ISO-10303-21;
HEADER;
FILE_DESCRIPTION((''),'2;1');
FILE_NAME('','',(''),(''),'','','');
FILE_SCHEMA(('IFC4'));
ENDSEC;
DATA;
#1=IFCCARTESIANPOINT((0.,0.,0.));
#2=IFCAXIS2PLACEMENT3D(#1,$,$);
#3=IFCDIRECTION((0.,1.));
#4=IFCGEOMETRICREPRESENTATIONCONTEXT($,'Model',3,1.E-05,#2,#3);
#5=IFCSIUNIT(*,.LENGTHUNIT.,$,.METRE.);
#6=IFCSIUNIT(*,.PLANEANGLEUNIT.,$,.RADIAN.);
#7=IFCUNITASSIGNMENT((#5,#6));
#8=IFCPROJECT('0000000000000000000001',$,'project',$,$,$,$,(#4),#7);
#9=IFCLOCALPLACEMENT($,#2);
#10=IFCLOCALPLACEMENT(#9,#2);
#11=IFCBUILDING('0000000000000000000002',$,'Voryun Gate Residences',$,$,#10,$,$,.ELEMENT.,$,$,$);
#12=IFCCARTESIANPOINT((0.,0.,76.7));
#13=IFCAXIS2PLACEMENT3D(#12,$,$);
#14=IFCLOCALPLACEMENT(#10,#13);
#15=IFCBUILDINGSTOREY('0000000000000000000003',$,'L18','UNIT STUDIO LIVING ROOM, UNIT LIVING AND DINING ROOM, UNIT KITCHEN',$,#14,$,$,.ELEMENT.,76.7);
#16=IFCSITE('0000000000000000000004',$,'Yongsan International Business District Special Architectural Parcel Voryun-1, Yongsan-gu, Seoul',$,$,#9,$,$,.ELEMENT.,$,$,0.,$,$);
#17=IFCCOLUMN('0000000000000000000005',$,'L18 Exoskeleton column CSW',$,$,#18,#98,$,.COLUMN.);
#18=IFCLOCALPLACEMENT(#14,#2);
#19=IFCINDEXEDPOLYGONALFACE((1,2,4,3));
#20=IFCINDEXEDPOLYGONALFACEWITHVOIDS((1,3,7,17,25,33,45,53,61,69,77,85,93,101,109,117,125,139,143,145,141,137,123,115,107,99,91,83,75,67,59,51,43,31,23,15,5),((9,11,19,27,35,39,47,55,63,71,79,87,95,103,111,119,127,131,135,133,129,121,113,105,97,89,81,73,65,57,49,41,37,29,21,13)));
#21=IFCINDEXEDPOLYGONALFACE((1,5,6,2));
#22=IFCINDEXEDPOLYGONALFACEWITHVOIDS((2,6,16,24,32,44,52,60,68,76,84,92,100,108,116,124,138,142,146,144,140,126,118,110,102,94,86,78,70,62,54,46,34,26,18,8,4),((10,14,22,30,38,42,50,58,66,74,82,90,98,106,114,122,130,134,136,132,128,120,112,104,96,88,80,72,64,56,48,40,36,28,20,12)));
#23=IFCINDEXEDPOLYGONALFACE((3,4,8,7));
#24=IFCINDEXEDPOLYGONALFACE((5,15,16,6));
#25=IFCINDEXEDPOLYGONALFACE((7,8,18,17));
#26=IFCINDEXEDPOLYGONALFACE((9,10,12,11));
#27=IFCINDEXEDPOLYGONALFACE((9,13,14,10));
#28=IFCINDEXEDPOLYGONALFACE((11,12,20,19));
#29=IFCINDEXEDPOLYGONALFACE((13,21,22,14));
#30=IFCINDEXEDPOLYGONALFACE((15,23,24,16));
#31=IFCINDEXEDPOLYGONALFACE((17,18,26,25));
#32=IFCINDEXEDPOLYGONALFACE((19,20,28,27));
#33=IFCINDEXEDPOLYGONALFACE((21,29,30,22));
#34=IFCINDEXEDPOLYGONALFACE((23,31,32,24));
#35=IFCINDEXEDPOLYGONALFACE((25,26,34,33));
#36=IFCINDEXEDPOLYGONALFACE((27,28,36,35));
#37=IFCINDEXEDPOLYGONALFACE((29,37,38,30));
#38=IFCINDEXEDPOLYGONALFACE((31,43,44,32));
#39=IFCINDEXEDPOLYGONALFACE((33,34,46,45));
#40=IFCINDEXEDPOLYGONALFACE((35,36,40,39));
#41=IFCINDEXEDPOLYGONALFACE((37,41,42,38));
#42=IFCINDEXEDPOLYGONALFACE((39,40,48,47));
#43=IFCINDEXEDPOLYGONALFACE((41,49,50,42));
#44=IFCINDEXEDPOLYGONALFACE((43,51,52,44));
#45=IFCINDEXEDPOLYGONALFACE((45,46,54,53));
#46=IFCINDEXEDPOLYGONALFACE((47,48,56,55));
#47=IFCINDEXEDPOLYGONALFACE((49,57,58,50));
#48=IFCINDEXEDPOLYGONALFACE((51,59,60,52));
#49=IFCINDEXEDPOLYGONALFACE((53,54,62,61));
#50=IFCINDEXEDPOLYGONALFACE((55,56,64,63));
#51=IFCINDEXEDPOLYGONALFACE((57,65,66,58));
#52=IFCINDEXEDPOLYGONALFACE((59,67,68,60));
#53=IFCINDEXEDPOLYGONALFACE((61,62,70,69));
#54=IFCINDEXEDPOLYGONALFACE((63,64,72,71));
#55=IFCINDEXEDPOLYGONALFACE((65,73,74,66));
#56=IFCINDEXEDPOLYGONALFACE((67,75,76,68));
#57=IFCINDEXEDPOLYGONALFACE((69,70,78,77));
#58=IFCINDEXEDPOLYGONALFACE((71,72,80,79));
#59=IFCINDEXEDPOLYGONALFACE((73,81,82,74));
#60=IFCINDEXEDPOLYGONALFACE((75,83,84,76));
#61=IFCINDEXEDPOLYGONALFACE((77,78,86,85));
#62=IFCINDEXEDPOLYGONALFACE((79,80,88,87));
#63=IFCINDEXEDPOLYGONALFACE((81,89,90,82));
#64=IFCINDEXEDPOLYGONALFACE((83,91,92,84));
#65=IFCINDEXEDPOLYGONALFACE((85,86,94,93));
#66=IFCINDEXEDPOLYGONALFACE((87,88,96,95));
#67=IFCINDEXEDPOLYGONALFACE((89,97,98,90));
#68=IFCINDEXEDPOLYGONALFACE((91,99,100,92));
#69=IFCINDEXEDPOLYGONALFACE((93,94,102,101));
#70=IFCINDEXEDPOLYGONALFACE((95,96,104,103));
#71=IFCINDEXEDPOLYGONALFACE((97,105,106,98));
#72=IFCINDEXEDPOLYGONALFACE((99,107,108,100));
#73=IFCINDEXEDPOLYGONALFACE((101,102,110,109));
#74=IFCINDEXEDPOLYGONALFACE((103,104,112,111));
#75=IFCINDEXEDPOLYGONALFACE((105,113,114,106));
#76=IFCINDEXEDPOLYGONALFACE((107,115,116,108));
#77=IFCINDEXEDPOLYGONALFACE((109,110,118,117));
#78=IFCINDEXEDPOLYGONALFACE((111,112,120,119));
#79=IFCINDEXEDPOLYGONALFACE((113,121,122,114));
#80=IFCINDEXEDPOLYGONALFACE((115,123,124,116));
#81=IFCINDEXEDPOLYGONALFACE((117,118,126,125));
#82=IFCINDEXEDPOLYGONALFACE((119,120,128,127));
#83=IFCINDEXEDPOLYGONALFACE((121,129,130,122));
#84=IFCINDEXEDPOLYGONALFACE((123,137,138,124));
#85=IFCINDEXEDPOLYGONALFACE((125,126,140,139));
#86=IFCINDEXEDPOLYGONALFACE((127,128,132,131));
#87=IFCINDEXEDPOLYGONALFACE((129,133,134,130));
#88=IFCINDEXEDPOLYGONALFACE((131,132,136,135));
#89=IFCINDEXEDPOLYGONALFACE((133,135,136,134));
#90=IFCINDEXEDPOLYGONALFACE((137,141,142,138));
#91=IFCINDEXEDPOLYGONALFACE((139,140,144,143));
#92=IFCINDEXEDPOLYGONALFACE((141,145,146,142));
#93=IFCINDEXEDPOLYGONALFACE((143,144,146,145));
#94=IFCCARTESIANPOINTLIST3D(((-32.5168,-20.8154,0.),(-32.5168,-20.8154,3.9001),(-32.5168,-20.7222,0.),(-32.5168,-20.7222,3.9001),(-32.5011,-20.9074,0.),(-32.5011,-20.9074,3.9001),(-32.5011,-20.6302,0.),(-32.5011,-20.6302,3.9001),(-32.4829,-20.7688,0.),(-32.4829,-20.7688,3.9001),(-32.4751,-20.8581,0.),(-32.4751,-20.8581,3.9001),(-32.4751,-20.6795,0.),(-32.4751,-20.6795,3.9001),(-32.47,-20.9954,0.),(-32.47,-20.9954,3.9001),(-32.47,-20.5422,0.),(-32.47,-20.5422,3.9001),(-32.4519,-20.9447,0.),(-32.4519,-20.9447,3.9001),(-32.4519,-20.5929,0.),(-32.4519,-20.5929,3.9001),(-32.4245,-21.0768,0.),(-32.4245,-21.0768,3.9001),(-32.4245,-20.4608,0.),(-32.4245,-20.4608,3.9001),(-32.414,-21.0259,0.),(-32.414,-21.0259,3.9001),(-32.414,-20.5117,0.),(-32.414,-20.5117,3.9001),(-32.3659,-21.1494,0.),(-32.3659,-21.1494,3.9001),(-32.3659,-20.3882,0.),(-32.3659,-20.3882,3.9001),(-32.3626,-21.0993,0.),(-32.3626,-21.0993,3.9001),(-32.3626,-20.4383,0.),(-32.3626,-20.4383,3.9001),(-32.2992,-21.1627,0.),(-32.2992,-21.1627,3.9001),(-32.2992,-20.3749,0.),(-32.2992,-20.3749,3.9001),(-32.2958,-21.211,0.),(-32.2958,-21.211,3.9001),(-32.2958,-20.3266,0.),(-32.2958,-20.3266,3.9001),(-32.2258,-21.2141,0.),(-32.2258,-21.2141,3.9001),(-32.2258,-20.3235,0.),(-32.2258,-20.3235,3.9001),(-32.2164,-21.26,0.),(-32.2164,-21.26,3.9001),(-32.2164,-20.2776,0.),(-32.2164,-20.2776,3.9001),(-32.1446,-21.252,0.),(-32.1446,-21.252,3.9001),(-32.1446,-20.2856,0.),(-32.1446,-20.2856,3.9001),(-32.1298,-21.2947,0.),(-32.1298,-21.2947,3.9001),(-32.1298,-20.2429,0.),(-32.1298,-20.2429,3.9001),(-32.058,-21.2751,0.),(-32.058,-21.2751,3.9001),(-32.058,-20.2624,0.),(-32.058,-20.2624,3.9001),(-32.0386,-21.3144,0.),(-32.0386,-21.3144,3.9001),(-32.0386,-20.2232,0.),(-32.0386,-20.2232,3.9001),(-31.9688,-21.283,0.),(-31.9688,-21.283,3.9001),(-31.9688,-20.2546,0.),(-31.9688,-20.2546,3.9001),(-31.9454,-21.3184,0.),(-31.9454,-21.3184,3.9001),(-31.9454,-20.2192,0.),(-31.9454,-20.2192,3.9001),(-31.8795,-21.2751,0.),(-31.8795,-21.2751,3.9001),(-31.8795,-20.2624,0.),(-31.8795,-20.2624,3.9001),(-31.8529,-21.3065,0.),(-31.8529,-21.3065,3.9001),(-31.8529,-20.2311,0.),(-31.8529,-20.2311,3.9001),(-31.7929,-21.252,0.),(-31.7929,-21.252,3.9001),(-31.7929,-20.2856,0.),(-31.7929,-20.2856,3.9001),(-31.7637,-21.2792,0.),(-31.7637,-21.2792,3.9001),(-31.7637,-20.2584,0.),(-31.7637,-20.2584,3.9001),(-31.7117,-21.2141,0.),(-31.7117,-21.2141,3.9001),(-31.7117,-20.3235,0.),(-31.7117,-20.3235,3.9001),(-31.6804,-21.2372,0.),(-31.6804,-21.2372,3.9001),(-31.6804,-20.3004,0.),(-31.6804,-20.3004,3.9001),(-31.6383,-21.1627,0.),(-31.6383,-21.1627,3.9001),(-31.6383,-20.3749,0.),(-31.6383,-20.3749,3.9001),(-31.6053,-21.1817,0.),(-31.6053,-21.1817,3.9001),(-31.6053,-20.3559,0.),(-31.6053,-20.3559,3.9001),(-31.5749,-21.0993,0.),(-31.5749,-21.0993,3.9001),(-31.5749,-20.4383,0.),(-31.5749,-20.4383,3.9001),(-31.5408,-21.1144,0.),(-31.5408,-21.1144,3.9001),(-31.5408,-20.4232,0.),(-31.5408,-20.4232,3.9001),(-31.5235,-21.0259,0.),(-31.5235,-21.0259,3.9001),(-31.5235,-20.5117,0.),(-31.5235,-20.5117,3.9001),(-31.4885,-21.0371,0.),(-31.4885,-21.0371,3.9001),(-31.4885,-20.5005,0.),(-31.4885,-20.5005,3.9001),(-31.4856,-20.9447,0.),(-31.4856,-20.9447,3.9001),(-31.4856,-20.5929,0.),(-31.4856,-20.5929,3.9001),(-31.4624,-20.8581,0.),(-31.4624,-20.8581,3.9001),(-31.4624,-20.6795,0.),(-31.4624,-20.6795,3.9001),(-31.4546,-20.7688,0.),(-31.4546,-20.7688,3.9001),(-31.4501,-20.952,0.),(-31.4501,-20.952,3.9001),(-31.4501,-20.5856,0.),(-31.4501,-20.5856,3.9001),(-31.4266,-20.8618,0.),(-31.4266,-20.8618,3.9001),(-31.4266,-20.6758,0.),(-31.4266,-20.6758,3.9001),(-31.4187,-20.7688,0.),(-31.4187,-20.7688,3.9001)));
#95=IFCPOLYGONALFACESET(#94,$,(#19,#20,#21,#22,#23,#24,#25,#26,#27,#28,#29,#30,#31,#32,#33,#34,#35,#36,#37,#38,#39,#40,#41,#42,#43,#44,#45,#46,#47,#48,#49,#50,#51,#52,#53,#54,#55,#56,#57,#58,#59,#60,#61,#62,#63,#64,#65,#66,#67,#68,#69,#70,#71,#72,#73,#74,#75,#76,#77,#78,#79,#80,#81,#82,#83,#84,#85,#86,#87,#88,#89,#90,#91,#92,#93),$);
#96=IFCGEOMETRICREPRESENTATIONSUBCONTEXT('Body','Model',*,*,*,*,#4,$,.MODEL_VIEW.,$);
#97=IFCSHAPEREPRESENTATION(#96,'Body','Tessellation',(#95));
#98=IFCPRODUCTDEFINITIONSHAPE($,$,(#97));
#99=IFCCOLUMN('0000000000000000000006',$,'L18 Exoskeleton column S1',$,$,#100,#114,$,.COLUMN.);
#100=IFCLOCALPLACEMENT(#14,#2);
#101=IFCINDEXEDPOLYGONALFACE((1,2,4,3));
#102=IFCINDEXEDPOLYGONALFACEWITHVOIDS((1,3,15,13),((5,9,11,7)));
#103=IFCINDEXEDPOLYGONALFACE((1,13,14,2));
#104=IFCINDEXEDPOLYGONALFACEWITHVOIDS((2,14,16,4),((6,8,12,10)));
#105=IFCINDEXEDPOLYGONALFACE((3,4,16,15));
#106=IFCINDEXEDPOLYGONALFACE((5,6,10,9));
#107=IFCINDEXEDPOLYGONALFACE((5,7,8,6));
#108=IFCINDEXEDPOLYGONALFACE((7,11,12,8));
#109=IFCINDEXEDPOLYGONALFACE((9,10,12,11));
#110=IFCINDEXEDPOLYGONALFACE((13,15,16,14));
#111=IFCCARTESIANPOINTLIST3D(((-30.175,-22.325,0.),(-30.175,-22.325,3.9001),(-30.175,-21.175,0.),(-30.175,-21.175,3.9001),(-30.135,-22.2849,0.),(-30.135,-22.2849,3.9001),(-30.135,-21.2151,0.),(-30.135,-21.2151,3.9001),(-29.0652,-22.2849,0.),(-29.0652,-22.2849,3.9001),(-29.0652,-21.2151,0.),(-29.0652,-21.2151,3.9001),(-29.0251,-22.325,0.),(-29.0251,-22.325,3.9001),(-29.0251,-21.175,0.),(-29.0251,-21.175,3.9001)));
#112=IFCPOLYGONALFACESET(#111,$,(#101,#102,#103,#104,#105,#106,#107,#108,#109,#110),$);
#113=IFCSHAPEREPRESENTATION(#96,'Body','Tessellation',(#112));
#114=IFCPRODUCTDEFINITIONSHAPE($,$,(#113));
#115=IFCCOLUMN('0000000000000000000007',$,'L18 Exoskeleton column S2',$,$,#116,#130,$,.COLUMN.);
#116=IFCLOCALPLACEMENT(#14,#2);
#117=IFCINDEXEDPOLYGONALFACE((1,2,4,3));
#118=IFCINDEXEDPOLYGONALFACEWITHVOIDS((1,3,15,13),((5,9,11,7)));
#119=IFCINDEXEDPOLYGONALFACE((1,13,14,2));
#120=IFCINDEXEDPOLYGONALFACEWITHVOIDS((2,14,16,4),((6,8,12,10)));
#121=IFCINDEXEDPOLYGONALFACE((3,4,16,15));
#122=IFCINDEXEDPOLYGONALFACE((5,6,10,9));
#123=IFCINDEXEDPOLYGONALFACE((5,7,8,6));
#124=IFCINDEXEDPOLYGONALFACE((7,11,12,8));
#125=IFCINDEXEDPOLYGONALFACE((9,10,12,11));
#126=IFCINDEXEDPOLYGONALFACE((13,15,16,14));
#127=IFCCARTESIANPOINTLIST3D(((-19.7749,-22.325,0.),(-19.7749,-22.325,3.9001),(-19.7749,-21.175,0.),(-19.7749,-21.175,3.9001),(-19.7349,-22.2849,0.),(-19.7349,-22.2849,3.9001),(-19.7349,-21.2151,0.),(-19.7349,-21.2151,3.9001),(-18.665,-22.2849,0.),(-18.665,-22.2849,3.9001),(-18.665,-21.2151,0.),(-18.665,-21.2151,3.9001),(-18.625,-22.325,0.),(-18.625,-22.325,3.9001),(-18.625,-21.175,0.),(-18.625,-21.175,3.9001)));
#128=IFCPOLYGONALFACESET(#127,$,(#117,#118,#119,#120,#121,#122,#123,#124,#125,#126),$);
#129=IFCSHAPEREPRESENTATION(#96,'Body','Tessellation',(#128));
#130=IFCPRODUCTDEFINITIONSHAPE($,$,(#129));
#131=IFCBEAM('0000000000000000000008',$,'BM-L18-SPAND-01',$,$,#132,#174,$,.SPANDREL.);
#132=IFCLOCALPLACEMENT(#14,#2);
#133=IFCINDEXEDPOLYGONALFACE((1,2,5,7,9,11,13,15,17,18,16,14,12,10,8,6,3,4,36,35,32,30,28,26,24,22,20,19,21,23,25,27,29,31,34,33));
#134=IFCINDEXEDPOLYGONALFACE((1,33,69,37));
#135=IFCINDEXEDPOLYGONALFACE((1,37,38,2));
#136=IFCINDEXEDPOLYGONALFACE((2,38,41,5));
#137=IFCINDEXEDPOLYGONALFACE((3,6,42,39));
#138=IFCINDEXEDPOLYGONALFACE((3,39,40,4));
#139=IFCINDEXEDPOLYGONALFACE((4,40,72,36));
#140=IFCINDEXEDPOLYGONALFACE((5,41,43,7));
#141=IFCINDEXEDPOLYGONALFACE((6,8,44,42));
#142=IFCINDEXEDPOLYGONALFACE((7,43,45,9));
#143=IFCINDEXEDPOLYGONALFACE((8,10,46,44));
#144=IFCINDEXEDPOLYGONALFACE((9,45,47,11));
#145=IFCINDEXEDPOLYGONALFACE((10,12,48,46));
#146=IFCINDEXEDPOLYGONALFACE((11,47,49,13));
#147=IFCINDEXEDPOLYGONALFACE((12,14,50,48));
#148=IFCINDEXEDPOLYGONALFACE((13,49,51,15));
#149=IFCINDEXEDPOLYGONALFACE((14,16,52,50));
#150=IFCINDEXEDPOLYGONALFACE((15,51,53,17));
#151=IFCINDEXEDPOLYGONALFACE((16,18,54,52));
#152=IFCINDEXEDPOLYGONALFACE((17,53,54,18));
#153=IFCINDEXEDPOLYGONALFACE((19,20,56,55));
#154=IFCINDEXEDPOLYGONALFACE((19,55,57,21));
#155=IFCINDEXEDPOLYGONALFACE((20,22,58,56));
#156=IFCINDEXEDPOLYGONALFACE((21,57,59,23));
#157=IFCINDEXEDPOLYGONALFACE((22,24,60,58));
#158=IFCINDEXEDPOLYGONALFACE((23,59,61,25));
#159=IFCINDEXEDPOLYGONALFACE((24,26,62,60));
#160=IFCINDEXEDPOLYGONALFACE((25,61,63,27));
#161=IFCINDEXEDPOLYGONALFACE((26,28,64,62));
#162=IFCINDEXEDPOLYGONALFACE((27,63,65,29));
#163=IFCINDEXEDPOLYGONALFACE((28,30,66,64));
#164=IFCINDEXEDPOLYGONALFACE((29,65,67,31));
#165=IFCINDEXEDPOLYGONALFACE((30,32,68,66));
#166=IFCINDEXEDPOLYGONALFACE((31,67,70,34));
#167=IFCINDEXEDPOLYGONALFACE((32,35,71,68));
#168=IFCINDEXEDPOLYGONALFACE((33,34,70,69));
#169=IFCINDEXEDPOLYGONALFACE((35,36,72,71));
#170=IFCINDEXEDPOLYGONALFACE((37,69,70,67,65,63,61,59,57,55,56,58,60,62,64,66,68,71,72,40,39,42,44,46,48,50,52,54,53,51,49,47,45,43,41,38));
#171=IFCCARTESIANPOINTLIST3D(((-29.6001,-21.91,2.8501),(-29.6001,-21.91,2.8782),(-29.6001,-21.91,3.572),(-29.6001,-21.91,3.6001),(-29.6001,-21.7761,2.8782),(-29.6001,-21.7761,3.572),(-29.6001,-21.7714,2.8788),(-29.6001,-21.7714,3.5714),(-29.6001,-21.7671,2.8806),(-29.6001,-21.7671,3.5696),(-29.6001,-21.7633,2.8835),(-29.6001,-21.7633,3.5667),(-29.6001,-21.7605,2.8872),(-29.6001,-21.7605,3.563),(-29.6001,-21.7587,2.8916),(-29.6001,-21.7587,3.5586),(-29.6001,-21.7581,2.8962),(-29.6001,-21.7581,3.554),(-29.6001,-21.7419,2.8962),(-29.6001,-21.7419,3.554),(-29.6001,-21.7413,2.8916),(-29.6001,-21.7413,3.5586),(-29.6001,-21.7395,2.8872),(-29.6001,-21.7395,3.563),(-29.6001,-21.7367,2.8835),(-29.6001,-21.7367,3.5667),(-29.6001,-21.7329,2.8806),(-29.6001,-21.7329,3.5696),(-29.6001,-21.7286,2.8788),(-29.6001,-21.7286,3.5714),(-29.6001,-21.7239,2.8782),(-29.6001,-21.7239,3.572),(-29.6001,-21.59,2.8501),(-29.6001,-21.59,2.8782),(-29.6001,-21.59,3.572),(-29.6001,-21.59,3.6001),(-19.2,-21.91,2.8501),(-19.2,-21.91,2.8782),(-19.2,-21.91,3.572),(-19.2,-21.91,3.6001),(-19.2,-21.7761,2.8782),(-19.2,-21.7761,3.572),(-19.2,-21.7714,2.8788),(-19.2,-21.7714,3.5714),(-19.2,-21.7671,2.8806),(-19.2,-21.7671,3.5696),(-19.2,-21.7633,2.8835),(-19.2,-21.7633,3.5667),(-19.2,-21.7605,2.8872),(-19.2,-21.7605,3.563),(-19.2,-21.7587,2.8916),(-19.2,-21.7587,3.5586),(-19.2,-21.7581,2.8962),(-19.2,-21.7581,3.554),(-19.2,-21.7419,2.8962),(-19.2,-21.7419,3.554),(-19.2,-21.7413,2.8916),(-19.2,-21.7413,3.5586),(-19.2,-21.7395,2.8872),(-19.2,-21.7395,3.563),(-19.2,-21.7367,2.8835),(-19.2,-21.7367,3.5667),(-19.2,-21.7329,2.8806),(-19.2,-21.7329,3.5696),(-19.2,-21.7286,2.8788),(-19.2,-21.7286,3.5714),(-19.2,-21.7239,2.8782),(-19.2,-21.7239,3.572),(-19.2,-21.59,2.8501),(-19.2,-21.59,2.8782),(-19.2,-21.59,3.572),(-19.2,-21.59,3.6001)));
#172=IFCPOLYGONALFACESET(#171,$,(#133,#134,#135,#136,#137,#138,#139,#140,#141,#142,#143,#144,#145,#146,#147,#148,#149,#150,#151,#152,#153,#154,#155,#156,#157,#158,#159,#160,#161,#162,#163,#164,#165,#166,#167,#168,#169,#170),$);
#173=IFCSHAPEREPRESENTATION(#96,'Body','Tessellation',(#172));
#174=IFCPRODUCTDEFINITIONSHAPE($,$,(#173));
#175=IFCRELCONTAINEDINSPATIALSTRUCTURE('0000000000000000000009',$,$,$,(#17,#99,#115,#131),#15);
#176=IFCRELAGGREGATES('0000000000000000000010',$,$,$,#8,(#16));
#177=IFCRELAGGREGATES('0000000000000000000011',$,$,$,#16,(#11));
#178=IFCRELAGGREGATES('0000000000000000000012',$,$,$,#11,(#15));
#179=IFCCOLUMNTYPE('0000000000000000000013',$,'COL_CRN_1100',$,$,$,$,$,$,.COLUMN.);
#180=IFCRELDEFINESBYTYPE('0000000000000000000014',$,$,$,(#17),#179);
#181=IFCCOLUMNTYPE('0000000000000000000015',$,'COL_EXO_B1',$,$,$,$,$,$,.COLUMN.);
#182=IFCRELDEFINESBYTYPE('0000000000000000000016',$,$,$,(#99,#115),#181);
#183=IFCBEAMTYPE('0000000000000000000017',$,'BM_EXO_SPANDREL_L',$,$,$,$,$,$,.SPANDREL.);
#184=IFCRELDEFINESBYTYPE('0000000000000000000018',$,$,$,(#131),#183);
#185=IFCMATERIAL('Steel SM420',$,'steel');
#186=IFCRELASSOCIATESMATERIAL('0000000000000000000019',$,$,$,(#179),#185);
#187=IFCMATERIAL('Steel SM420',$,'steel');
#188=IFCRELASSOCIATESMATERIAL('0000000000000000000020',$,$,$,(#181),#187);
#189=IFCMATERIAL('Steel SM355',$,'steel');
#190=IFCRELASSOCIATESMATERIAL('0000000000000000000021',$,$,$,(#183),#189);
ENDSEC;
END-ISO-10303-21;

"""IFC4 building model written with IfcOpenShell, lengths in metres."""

from ifc_helpers import new_model, si_unit, direction, frame, origin, origin_2d, place, context, subcontext, project, spatial, hollow_rectangle, hollow_circle, i_section, extrude, material, material_profile, profile_set, type_object, element, save


model = new_model("IFC4")

# Units and contexts
model_context = context("Model", 3, precision=1e-05, world=origin(), true_north=direction((0.0, 1.0)))
body_context = subcontext(model_context, "Body", "Model", "MODEL_VIEW")
ifc_project = project(units=[si_unit("LENGTHUNIT", "METRE"), si_unit("PLANEANGLEUNIT", "RADIAN")], contexts=[model_context])

# Site, building, storey
site_placement = place(None, origin())
site = spatial("IfcSite", under=ifc_project, at=site_placement, Name="Yongsan International Business District Special Architectural Parcel Voryun-1, Yongsan-gu, Seoul", CompositionType="ELEMENT", RefElevation=0.0)
building_placement = place(site_placement, origin())
building = spatial("IfcBuilding", under=site, at=building_placement, Name="Voryun Gate Residences", CompositionType="ELEMENT")
storey_placement = place(building_placement, frame((0.0, 0.0, 76.7)))
storey = spatial("IfcBuildingStorey", under=building, at=storey_placement, Name="L18", Description="UNIT STUDIO LIVING ROOM, UNIT LIVING AND DINING ROOM, UNIT KITCHEN", CompositionType="ELEMENT", Elevation=76.7)

# Columns
ifc_material_1 = material(Name="Steel SM420", Category="steel")
ifc_material_profile_1 = material_profile(ifc_material_1, hollow_circle(Radius=0.55, WallThickness=0.0359, at=origin_2d()), Name="CHS-1100x36")
ifc_profile_set_1 = profile_set([ifc_material_profile_1], Name="Steel SM420")
column_type_1 = type_object("IfcColumnType", Name="COL_CRN_1100", PredefinedType="COLUMN", material=ifc_profile_set_1)
column_placement = place(storey_placement, frame((-31.9688, -20.7688, 0.0), z_axis=(0.0, 0.0, 1.0), x_axis=(1.0, 0.0, 0.0)))
element("IfcColumn", 1, at=column_placement, inside=storey, type_object=column_type_1, Name="L18 Exoskeleton column CSW", PredefinedType="COLUMN", context=body_context, shape_type="SweptSolid", body=[
    extrude(hollow_circle(Radius=0.55, WallThickness=0.0359, at=origin_2d()), origin(), (0.0, 0.0, 1.0), 3.9001),
])
ifc_material_2 = material(Name="Steel SM420", Category="steel")
ifc_material_profile_2 = material_profile(ifc_material_2, hollow_rectangle(XDim=1.1499, YDim=1.1499, WallThickness=0.04, at=origin_2d()), Name="BOX-1150x1150x40")
ifc_profile_set_2 = profile_set([ifc_material_profile_2], Name="Steel SM420")
column_type_2 = type_object("IfcColumnType", Name="COL_EXO_B1", PredefinedType="COLUMN", material=ifc_profile_set_2)
for number, where, z_axis, x_axis, name in (
    (2, (-29.6001, -21.75, 0.0), (0.0, 0.0, 1.0), (1.0, 0.0, 0.0), "L18 Exoskeleton column S1"),
    (3, (-19.2, -21.75, 0.0), (0.0, 0.0, 1.0), (1.0, 0.0, 0.0), "L18 Exoskeleton column S2"),
):
    element("IfcColumn", number, at=place(storey_placement, frame(where, z_axis=z_axis, x_axis=x_axis)), inside=storey, type_object=column_type_2, Name=name, PredefinedType="COLUMN", context=body_context, shape_type="SweptSolid", body=[
        extrude(hollow_rectangle(XDim=1.1499, YDim=1.1499, WallThickness=0.04, at=origin_2d()), origin(), (0.0, 0.0, 1.0), 3.9001),
    ])

# Beam
ifc_material_3 = material(Name="Steel SM355", Category="steel")
ifc_material_profile_3 = material_profile(ifc_material_3, i_section(OverallWidth=0.3201, OverallDepth=0.75, WebThickness=0.0161, FlangeThickness=0.0281, FilletRadius=0.0181, at=origin_2d()), Name="H-750x320x16x28")
ifc_profile_set_3 = profile_set([ifc_material_profile_3], Name="Steel SM355")
beam_type = type_object("IfcBeamType", Name="BM_EXO_SPANDREL_L", PredefinedType="SPANDREL", material=ifc_profile_set_3)
beam_1_placement = place(storey_placement, frame((-29.6001, -21.75, 3.2251), z_axis=(1.0, 0.0, 0.0), x_axis=(0.0, 1.0, 0.0)))
element("IfcBeam", 4, at=beam_1_placement, inside=storey, type_object=beam_type, Name="BM-L18-SPAND-01", PredefinedType="SPANDREL", context=body_context, shape_type="SweptSolid", body=[
    extrude(i_section(OverallWidth=0.3201, OverallDepth=0.75, WebThickness=0.0161, FlangeThickness=0.0281, FilletRadius=0.0181, at=origin_2d()), origin(), (0.0, 0.0, 1.0), 10.4001),
])

save(model, "model.ifc")
